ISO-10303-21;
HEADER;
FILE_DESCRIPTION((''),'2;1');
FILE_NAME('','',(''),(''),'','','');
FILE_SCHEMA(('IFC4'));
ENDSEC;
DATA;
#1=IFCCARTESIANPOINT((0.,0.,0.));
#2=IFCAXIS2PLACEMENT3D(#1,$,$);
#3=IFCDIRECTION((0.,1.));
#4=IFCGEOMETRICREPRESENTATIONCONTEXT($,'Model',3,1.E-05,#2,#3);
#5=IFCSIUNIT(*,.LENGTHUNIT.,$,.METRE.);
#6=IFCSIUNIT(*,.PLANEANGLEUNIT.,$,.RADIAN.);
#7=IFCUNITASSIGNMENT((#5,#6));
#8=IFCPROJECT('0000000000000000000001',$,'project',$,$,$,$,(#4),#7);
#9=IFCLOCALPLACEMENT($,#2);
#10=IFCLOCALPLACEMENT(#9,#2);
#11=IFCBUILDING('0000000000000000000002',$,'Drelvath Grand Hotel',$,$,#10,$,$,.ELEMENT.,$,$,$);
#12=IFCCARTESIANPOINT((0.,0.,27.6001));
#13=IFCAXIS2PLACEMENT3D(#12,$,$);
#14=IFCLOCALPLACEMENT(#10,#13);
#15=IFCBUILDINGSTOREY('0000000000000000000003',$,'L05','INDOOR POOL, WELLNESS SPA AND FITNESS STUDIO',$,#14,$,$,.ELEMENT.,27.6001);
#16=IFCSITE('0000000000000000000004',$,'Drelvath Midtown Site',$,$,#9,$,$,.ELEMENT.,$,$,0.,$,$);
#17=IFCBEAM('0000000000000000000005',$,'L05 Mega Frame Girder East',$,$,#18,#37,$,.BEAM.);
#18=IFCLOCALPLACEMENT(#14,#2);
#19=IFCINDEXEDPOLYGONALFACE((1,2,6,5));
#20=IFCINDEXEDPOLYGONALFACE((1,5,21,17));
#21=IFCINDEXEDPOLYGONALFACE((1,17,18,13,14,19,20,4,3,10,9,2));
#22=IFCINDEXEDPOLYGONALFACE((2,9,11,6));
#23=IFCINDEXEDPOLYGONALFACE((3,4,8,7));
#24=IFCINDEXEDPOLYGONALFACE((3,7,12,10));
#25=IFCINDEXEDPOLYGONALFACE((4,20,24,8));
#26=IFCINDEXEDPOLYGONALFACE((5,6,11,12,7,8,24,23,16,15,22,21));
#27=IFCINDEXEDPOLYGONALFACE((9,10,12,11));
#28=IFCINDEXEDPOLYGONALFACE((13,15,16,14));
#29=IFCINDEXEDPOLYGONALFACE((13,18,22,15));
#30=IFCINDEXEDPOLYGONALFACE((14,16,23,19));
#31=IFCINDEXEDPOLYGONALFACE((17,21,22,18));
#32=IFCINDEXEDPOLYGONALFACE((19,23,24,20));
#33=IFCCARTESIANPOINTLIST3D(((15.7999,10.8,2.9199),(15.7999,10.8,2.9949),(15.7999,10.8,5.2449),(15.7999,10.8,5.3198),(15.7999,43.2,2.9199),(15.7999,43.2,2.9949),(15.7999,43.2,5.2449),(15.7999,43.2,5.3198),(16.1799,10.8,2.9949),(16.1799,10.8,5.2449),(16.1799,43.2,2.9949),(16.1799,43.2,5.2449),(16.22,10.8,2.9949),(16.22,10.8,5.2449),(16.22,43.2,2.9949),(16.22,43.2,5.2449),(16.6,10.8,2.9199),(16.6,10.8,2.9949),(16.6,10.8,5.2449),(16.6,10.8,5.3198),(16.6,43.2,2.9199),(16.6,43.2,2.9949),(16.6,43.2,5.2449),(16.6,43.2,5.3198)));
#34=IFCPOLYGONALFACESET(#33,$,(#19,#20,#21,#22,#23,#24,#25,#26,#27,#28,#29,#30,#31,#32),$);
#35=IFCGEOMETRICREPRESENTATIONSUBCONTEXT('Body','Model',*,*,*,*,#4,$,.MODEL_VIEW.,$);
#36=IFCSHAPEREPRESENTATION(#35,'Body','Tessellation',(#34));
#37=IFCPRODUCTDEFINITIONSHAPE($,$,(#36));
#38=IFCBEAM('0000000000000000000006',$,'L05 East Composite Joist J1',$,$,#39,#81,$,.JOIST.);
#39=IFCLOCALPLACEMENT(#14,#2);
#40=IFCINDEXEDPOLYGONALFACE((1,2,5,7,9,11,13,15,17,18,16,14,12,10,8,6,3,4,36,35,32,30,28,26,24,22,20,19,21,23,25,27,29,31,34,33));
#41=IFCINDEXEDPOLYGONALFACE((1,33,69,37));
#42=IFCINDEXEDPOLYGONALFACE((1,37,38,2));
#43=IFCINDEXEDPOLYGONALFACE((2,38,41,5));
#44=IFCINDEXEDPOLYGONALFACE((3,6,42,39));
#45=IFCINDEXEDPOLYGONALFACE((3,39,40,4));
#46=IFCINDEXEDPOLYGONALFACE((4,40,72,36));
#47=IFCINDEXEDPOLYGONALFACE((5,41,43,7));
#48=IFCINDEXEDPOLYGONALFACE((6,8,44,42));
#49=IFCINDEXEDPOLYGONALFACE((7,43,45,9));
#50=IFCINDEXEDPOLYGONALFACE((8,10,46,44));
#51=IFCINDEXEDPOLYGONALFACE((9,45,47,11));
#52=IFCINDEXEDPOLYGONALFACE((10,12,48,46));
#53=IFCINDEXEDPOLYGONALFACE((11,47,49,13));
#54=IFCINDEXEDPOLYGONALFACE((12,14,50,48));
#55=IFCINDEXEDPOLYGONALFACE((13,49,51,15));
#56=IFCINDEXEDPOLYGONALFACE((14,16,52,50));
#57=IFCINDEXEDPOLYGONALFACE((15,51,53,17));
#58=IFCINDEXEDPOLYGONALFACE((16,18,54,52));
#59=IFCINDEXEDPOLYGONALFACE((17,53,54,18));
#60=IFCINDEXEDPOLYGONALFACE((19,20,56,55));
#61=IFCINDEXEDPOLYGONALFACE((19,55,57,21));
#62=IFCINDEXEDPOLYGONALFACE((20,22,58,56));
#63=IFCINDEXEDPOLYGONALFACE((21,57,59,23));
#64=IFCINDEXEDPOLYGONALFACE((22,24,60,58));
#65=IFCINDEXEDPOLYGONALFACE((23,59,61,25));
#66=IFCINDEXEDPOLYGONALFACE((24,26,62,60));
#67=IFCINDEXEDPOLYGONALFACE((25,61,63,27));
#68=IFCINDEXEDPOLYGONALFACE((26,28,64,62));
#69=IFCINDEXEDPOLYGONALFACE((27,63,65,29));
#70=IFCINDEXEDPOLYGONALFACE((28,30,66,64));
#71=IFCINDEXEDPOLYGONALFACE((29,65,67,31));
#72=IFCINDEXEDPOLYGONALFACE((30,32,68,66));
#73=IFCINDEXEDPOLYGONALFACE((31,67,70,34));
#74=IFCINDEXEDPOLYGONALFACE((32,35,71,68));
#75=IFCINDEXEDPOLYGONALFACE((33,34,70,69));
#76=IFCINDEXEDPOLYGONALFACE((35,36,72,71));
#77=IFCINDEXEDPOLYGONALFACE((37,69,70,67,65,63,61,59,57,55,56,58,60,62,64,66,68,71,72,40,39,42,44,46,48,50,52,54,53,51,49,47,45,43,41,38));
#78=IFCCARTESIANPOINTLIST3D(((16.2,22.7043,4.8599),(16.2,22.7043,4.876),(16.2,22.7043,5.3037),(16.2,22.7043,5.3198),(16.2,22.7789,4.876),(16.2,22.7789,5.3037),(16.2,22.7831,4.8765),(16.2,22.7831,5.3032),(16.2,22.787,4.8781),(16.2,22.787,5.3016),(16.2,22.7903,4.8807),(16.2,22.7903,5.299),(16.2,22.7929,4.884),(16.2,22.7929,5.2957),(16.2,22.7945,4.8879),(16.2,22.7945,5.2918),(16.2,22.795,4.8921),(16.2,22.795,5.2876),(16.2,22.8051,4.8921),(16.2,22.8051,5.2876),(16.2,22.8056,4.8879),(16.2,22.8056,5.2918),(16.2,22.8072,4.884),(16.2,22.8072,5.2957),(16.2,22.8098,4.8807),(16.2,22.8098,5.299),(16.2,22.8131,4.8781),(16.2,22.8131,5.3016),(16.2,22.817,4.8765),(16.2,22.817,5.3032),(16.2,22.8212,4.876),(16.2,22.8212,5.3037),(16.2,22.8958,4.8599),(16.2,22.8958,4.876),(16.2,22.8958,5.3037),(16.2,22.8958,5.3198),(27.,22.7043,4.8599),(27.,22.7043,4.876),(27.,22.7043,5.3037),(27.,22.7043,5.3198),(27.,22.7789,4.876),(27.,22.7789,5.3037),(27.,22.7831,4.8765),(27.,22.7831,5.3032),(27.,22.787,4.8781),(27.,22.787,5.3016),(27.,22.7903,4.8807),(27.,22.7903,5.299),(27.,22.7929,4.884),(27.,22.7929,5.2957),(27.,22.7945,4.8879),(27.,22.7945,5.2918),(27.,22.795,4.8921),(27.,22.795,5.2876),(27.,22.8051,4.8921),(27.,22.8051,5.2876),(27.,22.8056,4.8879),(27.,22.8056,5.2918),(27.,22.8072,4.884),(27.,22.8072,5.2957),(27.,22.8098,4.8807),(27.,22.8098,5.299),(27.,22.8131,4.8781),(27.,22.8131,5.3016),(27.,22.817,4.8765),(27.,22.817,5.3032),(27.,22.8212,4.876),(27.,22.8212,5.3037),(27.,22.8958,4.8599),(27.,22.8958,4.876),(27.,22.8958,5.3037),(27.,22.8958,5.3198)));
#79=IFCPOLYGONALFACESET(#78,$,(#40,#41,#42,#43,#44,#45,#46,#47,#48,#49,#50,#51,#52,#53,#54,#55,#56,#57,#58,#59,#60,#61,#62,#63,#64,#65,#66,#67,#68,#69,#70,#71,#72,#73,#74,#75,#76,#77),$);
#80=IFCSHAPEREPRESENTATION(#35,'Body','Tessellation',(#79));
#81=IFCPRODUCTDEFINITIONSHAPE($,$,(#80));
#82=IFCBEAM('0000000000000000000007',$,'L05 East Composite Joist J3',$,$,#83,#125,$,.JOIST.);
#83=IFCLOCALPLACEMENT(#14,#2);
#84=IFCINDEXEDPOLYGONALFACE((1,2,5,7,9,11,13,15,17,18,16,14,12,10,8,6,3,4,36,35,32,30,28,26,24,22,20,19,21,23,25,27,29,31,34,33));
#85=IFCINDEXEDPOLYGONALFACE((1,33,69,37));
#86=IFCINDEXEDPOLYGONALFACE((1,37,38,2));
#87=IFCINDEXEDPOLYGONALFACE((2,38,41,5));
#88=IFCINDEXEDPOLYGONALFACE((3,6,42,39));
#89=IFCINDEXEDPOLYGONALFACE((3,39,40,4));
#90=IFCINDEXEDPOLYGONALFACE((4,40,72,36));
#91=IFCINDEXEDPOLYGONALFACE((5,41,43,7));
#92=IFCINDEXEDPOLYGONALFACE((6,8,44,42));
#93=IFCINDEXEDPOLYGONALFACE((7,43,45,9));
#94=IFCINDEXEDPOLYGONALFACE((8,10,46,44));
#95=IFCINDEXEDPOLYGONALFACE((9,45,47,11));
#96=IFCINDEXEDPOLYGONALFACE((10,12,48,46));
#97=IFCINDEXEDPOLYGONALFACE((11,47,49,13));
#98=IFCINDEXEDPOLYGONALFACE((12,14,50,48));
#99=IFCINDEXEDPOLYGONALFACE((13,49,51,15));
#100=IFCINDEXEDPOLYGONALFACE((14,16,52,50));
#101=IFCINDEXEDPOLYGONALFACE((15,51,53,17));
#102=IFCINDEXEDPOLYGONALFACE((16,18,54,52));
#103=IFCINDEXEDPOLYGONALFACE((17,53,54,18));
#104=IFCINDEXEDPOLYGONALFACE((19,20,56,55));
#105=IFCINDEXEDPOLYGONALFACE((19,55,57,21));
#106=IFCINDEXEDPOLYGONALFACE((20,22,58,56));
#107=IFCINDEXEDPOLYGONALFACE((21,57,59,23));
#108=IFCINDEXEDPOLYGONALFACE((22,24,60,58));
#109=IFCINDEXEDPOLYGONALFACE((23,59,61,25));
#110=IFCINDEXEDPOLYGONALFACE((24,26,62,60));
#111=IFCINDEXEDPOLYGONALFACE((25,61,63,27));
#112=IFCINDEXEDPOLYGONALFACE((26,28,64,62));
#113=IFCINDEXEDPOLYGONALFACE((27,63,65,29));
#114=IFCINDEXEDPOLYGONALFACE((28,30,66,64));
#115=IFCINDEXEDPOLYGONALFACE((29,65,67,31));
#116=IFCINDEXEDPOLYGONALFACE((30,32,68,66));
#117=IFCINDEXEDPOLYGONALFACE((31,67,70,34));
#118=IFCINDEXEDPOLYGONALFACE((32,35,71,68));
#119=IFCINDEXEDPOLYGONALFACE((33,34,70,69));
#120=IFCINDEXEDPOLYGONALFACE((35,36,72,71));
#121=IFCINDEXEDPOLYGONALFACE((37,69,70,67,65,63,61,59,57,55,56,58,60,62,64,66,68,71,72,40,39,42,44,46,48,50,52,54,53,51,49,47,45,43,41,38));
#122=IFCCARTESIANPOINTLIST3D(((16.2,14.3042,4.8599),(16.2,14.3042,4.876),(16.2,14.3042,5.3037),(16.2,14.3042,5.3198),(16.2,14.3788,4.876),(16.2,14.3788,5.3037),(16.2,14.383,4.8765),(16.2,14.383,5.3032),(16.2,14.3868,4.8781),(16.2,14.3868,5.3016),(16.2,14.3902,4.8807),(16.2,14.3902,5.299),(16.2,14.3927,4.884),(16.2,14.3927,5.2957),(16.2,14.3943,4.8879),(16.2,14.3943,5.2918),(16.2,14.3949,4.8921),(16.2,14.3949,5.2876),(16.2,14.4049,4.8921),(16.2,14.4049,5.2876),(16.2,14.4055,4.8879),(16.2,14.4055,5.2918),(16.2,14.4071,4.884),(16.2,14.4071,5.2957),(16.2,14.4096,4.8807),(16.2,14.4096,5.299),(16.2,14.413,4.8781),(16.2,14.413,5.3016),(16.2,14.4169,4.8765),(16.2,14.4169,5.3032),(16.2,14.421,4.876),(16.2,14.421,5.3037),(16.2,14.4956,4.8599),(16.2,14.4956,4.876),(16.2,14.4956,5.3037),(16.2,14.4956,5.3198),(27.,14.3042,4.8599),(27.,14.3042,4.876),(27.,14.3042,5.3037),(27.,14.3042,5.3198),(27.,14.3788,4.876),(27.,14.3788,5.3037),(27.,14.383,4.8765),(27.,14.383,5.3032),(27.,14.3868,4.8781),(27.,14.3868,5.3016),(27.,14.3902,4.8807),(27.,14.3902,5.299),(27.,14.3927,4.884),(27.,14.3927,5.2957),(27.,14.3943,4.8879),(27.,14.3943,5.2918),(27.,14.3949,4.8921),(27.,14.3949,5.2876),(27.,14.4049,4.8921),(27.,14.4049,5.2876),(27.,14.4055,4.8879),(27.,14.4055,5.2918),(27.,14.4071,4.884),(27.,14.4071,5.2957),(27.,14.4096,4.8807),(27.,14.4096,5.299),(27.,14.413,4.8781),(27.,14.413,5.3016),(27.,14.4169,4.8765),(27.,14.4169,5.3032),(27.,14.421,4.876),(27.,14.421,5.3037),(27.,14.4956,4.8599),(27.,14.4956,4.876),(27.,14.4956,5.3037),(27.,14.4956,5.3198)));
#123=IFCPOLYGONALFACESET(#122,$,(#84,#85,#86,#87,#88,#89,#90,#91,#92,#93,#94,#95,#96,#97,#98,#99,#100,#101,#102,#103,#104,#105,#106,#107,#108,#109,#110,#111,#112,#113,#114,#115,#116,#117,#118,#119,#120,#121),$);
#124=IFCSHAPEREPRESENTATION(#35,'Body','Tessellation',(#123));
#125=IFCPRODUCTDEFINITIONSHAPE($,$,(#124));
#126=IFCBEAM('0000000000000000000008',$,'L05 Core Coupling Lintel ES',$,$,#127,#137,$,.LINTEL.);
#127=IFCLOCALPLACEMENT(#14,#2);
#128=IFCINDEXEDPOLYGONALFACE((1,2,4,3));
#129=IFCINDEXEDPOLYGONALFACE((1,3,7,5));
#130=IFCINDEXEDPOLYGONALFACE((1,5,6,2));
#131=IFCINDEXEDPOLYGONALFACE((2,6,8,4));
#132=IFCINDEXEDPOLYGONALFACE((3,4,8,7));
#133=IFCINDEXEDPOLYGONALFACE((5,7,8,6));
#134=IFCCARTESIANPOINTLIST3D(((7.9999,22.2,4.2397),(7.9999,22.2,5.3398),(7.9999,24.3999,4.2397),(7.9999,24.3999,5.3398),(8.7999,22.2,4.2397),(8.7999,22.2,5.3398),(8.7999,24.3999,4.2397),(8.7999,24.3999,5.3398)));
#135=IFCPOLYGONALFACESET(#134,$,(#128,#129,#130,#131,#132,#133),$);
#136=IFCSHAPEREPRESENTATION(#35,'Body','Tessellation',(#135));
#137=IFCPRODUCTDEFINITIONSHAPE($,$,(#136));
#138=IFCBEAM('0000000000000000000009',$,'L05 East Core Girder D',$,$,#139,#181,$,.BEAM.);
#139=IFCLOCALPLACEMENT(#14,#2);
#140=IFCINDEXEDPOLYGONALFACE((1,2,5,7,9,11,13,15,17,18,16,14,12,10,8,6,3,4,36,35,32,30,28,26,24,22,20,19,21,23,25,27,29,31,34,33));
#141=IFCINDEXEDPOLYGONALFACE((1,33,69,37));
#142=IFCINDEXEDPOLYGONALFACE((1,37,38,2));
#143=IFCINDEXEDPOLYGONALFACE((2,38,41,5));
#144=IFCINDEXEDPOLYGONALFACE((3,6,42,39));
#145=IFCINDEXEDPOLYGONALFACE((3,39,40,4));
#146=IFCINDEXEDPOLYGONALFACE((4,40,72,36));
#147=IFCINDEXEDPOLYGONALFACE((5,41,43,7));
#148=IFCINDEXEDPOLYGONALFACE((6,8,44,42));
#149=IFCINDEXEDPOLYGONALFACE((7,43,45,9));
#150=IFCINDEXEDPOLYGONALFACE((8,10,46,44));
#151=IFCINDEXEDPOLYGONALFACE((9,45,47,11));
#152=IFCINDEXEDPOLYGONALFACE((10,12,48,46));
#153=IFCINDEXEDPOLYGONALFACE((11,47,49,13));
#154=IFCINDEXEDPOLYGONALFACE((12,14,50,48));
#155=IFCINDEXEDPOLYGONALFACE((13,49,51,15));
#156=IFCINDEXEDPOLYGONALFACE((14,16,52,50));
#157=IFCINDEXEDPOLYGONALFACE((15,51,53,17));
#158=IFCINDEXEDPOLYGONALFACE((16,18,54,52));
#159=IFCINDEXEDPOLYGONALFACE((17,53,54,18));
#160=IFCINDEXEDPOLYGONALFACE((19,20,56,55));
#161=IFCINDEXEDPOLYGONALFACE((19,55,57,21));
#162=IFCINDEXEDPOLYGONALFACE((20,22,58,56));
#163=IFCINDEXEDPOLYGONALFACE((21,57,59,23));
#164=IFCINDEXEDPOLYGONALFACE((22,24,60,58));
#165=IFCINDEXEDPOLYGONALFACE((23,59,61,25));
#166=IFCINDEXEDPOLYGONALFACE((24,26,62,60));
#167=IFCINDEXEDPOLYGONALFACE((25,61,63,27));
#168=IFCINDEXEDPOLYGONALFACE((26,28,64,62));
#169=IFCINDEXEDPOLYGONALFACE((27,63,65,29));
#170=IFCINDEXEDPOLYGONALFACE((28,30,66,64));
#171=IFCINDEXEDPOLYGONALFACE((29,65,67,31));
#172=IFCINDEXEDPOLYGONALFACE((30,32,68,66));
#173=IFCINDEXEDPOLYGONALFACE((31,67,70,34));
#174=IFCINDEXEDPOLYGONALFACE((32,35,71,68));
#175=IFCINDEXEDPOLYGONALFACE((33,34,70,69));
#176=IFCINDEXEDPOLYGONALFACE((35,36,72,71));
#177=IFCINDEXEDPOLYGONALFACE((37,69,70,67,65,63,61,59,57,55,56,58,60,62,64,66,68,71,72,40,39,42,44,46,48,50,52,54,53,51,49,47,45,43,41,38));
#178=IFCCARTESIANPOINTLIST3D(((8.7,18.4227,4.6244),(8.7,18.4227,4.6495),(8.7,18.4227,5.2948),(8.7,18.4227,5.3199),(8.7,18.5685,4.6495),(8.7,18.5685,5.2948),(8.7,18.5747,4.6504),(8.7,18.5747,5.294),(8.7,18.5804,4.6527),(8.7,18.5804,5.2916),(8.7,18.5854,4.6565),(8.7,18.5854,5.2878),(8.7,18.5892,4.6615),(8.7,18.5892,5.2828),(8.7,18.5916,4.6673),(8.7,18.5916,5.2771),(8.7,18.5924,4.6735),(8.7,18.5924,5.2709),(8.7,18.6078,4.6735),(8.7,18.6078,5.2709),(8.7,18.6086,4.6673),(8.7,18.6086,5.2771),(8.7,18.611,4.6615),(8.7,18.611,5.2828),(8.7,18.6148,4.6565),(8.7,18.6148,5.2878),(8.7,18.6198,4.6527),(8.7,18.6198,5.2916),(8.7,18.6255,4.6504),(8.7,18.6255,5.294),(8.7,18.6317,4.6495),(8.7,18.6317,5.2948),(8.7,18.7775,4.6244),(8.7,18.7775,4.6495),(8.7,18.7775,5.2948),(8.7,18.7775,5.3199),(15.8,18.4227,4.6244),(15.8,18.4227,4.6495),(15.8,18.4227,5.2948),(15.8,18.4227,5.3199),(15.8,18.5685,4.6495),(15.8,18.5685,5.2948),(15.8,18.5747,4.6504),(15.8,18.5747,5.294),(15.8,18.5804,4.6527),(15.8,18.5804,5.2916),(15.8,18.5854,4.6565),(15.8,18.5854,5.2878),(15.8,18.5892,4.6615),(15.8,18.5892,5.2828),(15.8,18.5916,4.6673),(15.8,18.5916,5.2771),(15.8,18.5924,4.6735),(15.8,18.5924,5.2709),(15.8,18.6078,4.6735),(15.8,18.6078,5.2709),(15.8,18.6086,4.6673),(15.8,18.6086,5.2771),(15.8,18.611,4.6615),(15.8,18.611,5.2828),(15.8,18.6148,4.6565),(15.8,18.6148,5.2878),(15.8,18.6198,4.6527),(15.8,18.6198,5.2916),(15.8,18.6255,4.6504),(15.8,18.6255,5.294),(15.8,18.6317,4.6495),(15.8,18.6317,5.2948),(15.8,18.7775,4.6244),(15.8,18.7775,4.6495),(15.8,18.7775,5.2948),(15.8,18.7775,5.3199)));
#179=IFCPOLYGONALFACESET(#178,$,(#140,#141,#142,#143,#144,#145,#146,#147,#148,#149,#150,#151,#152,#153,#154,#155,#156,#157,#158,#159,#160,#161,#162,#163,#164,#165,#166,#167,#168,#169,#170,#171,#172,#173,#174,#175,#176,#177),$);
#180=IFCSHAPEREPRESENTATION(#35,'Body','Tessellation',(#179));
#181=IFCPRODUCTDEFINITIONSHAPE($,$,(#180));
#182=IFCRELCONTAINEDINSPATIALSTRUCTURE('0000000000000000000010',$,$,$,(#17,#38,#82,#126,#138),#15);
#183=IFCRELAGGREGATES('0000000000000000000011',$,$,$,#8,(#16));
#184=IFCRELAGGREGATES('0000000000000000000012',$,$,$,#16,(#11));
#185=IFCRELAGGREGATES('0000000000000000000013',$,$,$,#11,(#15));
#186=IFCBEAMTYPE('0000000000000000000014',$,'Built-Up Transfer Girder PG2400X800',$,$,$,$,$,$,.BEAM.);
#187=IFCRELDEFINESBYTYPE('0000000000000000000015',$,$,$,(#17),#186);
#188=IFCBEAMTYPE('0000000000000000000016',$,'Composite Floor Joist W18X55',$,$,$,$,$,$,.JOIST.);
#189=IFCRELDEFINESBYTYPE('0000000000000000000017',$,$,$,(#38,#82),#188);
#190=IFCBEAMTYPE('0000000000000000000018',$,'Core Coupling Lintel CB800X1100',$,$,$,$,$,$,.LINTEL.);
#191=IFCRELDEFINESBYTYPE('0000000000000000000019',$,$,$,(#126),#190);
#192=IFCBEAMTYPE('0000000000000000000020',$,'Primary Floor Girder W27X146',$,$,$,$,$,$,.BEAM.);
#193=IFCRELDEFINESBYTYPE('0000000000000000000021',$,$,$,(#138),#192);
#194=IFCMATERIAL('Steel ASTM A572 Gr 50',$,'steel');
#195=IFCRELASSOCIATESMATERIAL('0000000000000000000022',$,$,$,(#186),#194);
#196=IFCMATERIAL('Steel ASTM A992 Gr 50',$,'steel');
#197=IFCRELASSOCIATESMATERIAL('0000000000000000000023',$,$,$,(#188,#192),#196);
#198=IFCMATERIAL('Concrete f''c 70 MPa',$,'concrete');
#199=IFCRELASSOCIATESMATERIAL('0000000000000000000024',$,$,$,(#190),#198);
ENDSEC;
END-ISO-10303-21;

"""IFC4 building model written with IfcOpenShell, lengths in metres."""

from ifc_helpers import new_model, si_unit, direction, frame, origin, origin_2d, place, context, subcontext, project, spatial, rectangle, i_section, extrude, material, material_profile, profile_set, type_object, element, save


model = new_model("IFC4")

# Units and contexts
model_context = context("Model", 3, precision=1e-05, world=origin(), true_north=direction((0.0, 1.0)))
body_context = subcontext(model_context, "Body", "Model", "MODEL_VIEW")
ifc_project = project(units=[si_unit("LENGTHUNIT", "METRE"), si_unit("PLANEANGLEUNIT", "RADIAN")], contexts=[model_context])

# Site, building, storey
site_placement = place(None, origin())
site = spatial("IfcSite", under=ifc_project, at=site_placement, Name="Drelvath Midtown Site", CompositionType="ELEMENT", RefElevation=0.0)
building_placement = place(site_placement, origin())
building = spatial("IfcBuilding", under=site, at=building_placement, Name="Drelvath Grand Hotel", CompositionType="ELEMENT")
storey_placement = place(building_placement, frame((0.0, 0.0, 27.6001)))
storey = spatial("IfcBuildingStorey", under=building, at=storey_placement, Name="L05", Description="INDOOR POOL, WELLNESS SPA AND FITNESS STUDIO", CompositionType="ELEMENT", Elevation=27.6001)

# Shared definitions
ifc_material_1 = material(Name="Concrete f'c 70 MPa", Category="concrete")

# Beams
ifc_material_2 = material(Name="Steel ASTM A572 Gr 50", Category="steel")
ifc_material_profile_1 = material_profile(ifc_material_2, i_section(OverallWidth=0.8, OverallDepth=2.3999, WebThickness=0.04, FlangeThickness=0.075, at=origin_2d()), Name="PG2400X800")
ifc_profile_set_1 = profile_set([ifc_material_profile_1], Name="Steel ASTM A572 Gr 50")
beam_type_1 = type_object("IfcBeamType", Name="Built-Up Transfer Girder PG2400X800", PredefinedType="BEAM", material=ifc_profile_set_1)
beam_1_placement = place(storey_placement, frame((16.2, 10.8, 4.1199), z_axis=(0.0, 1.0, 0.0), x_axis=(-1.0, 0.0, 0.0)))
element("IfcBeam", 1, at=beam_1_placement, inside=storey, type_object=beam_type_1, Name="L05 Mega Frame Girder East", PredefinedType="BEAM", context=body_context, shape_type="SweptSolid", body=[
    extrude(i_section(OverallWidth=0.8, OverallDepth=2.3999, WebThickness=0.04, FlangeThickness=0.075, at=origin_2d()), origin(), (0.0, 0.0, 1.0), 32.3999),
])
ifc_material_3 = material(Name="Steel ASTM A992 Gr 50", Category="steel")
ifc_material_profile_2 = material_profile(ifc_material_3, i_section(OverallWidth=0.1914, OverallDepth=0.46, WebThickness=0.01, FlangeThickness=0.0161, FilletRadius=0.0161, at=origin_2d()), Name="W18X55")
ifc_profile_set_2 = profile_set([ifc_material_profile_2], Name="Steel ASTM A992 Gr 50")
beam_type_2 = type_object("IfcBeamType", Name="Composite Floor Joist W18X55", PredefinedType="JOIST", material=ifc_profile_set_2)
for number, where, z_axis, x_axis, name in (
    (2, (16.2, 22.8, 5.0898), (1.0, 0.0, 0.0), (0.0, 1.0, 0.0), "L05 East Composite Joist J1"),
    (3, (16.2, 14.3999, 5.0898), (1.0, 0.0, 0.0), (0.0, 1.0, 0.0), "L05 East Composite Joist J3"),
):
    element("IfcBeam", number, at=place(storey_placement, frame(where, z_axis=z_axis, x_axis=x_axis)), inside=storey, type_object=beam_type_2, Name=name, PredefinedType="JOIST", context=body_context, shape_type="SweptSolid", body=[
        extrude(i_section(OverallWidth=0.1914, OverallDepth=0.46, WebThickness=0.01, FlangeThickness=0.0161, FilletRadius=0.0161, at=origin_2d()), origin(), (0.0, 0.0, 1.0), 10.8),
    ])
ifc_material_profile_3 = material_profile(ifc_material_1, rectangle(XDim=0.8, YDim=1.1001, at=origin_2d()), Name="CB800X1100")
ifc_profile_set_3 = profile_set([ifc_material_profile_3], Name="Concrete f'c 70 MPa")
beam_type_3 = type_object("IfcBeamType", Name="Core Coupling Lintel CB800X1100", PredefinedType="LINTEL", material=ifc_profile_set_3)
beam_2_placement = place(storey_placement, frame((8.3999, 22.2, 4.7898), z_axis=(0.0, 1.0, 0.0), x_axis=(-1.0, 0.0, 0.0)))
element("IfcBeam", 4, at=beam_2_placement, inside=storey, type_object=beam_type_3, Name="L05 Core Coupling Lintel ES", PredefinedType="LINTEL", context=body_context, shape_type="SweptSolid", body=[
    extrude(rectangle(XDim=0.8, YDim=1.1001, at=origin_2d()), origin(), (0.0, 0.0, 1.0), 2.2),
])
ifc_material_profile_4 = material_profile(ifc_material_3, i_section(OverallWidth=0.3547, OverallDepth=0.6956, WebThickness=0.0154, FlangeThickness=0.0251, FilletRadius=0.0239, at=origin_2d()), Name="W27X146")
ifc_profile_set_4 = profile_set([ifc_material_profile_4], Name="Steel ASTM A992 Gr 50")
beam_type_4 = type_object("IfcBeamType", Name="Primary Floor Girder W27X146", PredefinedType="BEAM", material=ifc_profile_set_4)
beam_3_placement = place(storey_placement, frame((8.7, 18.6001, 4.9722), z_axis=(1.0, 0.0, 0.0), x_axis=(0.0, 1.0, 0.0)))
element("IfcBeam", 5, at=beam_3_placement, inside=storey, type_object=beam_type_4, Name="L05 East Core Girder D", PredefinedType="BEAM", context=body_context, shape_type="SweptSolid", body=[
    extrude(i_section(OverallWidth=0.3547, OverallDepth=0.6956, WebThickness=0.0154, FlangeThickness=0.0251, FilletRadius=0.0239, at=origin_2d()), origin(), (0.0, 0.0, 1.0), 7.1001),
])

save(model, "model.ifc")
